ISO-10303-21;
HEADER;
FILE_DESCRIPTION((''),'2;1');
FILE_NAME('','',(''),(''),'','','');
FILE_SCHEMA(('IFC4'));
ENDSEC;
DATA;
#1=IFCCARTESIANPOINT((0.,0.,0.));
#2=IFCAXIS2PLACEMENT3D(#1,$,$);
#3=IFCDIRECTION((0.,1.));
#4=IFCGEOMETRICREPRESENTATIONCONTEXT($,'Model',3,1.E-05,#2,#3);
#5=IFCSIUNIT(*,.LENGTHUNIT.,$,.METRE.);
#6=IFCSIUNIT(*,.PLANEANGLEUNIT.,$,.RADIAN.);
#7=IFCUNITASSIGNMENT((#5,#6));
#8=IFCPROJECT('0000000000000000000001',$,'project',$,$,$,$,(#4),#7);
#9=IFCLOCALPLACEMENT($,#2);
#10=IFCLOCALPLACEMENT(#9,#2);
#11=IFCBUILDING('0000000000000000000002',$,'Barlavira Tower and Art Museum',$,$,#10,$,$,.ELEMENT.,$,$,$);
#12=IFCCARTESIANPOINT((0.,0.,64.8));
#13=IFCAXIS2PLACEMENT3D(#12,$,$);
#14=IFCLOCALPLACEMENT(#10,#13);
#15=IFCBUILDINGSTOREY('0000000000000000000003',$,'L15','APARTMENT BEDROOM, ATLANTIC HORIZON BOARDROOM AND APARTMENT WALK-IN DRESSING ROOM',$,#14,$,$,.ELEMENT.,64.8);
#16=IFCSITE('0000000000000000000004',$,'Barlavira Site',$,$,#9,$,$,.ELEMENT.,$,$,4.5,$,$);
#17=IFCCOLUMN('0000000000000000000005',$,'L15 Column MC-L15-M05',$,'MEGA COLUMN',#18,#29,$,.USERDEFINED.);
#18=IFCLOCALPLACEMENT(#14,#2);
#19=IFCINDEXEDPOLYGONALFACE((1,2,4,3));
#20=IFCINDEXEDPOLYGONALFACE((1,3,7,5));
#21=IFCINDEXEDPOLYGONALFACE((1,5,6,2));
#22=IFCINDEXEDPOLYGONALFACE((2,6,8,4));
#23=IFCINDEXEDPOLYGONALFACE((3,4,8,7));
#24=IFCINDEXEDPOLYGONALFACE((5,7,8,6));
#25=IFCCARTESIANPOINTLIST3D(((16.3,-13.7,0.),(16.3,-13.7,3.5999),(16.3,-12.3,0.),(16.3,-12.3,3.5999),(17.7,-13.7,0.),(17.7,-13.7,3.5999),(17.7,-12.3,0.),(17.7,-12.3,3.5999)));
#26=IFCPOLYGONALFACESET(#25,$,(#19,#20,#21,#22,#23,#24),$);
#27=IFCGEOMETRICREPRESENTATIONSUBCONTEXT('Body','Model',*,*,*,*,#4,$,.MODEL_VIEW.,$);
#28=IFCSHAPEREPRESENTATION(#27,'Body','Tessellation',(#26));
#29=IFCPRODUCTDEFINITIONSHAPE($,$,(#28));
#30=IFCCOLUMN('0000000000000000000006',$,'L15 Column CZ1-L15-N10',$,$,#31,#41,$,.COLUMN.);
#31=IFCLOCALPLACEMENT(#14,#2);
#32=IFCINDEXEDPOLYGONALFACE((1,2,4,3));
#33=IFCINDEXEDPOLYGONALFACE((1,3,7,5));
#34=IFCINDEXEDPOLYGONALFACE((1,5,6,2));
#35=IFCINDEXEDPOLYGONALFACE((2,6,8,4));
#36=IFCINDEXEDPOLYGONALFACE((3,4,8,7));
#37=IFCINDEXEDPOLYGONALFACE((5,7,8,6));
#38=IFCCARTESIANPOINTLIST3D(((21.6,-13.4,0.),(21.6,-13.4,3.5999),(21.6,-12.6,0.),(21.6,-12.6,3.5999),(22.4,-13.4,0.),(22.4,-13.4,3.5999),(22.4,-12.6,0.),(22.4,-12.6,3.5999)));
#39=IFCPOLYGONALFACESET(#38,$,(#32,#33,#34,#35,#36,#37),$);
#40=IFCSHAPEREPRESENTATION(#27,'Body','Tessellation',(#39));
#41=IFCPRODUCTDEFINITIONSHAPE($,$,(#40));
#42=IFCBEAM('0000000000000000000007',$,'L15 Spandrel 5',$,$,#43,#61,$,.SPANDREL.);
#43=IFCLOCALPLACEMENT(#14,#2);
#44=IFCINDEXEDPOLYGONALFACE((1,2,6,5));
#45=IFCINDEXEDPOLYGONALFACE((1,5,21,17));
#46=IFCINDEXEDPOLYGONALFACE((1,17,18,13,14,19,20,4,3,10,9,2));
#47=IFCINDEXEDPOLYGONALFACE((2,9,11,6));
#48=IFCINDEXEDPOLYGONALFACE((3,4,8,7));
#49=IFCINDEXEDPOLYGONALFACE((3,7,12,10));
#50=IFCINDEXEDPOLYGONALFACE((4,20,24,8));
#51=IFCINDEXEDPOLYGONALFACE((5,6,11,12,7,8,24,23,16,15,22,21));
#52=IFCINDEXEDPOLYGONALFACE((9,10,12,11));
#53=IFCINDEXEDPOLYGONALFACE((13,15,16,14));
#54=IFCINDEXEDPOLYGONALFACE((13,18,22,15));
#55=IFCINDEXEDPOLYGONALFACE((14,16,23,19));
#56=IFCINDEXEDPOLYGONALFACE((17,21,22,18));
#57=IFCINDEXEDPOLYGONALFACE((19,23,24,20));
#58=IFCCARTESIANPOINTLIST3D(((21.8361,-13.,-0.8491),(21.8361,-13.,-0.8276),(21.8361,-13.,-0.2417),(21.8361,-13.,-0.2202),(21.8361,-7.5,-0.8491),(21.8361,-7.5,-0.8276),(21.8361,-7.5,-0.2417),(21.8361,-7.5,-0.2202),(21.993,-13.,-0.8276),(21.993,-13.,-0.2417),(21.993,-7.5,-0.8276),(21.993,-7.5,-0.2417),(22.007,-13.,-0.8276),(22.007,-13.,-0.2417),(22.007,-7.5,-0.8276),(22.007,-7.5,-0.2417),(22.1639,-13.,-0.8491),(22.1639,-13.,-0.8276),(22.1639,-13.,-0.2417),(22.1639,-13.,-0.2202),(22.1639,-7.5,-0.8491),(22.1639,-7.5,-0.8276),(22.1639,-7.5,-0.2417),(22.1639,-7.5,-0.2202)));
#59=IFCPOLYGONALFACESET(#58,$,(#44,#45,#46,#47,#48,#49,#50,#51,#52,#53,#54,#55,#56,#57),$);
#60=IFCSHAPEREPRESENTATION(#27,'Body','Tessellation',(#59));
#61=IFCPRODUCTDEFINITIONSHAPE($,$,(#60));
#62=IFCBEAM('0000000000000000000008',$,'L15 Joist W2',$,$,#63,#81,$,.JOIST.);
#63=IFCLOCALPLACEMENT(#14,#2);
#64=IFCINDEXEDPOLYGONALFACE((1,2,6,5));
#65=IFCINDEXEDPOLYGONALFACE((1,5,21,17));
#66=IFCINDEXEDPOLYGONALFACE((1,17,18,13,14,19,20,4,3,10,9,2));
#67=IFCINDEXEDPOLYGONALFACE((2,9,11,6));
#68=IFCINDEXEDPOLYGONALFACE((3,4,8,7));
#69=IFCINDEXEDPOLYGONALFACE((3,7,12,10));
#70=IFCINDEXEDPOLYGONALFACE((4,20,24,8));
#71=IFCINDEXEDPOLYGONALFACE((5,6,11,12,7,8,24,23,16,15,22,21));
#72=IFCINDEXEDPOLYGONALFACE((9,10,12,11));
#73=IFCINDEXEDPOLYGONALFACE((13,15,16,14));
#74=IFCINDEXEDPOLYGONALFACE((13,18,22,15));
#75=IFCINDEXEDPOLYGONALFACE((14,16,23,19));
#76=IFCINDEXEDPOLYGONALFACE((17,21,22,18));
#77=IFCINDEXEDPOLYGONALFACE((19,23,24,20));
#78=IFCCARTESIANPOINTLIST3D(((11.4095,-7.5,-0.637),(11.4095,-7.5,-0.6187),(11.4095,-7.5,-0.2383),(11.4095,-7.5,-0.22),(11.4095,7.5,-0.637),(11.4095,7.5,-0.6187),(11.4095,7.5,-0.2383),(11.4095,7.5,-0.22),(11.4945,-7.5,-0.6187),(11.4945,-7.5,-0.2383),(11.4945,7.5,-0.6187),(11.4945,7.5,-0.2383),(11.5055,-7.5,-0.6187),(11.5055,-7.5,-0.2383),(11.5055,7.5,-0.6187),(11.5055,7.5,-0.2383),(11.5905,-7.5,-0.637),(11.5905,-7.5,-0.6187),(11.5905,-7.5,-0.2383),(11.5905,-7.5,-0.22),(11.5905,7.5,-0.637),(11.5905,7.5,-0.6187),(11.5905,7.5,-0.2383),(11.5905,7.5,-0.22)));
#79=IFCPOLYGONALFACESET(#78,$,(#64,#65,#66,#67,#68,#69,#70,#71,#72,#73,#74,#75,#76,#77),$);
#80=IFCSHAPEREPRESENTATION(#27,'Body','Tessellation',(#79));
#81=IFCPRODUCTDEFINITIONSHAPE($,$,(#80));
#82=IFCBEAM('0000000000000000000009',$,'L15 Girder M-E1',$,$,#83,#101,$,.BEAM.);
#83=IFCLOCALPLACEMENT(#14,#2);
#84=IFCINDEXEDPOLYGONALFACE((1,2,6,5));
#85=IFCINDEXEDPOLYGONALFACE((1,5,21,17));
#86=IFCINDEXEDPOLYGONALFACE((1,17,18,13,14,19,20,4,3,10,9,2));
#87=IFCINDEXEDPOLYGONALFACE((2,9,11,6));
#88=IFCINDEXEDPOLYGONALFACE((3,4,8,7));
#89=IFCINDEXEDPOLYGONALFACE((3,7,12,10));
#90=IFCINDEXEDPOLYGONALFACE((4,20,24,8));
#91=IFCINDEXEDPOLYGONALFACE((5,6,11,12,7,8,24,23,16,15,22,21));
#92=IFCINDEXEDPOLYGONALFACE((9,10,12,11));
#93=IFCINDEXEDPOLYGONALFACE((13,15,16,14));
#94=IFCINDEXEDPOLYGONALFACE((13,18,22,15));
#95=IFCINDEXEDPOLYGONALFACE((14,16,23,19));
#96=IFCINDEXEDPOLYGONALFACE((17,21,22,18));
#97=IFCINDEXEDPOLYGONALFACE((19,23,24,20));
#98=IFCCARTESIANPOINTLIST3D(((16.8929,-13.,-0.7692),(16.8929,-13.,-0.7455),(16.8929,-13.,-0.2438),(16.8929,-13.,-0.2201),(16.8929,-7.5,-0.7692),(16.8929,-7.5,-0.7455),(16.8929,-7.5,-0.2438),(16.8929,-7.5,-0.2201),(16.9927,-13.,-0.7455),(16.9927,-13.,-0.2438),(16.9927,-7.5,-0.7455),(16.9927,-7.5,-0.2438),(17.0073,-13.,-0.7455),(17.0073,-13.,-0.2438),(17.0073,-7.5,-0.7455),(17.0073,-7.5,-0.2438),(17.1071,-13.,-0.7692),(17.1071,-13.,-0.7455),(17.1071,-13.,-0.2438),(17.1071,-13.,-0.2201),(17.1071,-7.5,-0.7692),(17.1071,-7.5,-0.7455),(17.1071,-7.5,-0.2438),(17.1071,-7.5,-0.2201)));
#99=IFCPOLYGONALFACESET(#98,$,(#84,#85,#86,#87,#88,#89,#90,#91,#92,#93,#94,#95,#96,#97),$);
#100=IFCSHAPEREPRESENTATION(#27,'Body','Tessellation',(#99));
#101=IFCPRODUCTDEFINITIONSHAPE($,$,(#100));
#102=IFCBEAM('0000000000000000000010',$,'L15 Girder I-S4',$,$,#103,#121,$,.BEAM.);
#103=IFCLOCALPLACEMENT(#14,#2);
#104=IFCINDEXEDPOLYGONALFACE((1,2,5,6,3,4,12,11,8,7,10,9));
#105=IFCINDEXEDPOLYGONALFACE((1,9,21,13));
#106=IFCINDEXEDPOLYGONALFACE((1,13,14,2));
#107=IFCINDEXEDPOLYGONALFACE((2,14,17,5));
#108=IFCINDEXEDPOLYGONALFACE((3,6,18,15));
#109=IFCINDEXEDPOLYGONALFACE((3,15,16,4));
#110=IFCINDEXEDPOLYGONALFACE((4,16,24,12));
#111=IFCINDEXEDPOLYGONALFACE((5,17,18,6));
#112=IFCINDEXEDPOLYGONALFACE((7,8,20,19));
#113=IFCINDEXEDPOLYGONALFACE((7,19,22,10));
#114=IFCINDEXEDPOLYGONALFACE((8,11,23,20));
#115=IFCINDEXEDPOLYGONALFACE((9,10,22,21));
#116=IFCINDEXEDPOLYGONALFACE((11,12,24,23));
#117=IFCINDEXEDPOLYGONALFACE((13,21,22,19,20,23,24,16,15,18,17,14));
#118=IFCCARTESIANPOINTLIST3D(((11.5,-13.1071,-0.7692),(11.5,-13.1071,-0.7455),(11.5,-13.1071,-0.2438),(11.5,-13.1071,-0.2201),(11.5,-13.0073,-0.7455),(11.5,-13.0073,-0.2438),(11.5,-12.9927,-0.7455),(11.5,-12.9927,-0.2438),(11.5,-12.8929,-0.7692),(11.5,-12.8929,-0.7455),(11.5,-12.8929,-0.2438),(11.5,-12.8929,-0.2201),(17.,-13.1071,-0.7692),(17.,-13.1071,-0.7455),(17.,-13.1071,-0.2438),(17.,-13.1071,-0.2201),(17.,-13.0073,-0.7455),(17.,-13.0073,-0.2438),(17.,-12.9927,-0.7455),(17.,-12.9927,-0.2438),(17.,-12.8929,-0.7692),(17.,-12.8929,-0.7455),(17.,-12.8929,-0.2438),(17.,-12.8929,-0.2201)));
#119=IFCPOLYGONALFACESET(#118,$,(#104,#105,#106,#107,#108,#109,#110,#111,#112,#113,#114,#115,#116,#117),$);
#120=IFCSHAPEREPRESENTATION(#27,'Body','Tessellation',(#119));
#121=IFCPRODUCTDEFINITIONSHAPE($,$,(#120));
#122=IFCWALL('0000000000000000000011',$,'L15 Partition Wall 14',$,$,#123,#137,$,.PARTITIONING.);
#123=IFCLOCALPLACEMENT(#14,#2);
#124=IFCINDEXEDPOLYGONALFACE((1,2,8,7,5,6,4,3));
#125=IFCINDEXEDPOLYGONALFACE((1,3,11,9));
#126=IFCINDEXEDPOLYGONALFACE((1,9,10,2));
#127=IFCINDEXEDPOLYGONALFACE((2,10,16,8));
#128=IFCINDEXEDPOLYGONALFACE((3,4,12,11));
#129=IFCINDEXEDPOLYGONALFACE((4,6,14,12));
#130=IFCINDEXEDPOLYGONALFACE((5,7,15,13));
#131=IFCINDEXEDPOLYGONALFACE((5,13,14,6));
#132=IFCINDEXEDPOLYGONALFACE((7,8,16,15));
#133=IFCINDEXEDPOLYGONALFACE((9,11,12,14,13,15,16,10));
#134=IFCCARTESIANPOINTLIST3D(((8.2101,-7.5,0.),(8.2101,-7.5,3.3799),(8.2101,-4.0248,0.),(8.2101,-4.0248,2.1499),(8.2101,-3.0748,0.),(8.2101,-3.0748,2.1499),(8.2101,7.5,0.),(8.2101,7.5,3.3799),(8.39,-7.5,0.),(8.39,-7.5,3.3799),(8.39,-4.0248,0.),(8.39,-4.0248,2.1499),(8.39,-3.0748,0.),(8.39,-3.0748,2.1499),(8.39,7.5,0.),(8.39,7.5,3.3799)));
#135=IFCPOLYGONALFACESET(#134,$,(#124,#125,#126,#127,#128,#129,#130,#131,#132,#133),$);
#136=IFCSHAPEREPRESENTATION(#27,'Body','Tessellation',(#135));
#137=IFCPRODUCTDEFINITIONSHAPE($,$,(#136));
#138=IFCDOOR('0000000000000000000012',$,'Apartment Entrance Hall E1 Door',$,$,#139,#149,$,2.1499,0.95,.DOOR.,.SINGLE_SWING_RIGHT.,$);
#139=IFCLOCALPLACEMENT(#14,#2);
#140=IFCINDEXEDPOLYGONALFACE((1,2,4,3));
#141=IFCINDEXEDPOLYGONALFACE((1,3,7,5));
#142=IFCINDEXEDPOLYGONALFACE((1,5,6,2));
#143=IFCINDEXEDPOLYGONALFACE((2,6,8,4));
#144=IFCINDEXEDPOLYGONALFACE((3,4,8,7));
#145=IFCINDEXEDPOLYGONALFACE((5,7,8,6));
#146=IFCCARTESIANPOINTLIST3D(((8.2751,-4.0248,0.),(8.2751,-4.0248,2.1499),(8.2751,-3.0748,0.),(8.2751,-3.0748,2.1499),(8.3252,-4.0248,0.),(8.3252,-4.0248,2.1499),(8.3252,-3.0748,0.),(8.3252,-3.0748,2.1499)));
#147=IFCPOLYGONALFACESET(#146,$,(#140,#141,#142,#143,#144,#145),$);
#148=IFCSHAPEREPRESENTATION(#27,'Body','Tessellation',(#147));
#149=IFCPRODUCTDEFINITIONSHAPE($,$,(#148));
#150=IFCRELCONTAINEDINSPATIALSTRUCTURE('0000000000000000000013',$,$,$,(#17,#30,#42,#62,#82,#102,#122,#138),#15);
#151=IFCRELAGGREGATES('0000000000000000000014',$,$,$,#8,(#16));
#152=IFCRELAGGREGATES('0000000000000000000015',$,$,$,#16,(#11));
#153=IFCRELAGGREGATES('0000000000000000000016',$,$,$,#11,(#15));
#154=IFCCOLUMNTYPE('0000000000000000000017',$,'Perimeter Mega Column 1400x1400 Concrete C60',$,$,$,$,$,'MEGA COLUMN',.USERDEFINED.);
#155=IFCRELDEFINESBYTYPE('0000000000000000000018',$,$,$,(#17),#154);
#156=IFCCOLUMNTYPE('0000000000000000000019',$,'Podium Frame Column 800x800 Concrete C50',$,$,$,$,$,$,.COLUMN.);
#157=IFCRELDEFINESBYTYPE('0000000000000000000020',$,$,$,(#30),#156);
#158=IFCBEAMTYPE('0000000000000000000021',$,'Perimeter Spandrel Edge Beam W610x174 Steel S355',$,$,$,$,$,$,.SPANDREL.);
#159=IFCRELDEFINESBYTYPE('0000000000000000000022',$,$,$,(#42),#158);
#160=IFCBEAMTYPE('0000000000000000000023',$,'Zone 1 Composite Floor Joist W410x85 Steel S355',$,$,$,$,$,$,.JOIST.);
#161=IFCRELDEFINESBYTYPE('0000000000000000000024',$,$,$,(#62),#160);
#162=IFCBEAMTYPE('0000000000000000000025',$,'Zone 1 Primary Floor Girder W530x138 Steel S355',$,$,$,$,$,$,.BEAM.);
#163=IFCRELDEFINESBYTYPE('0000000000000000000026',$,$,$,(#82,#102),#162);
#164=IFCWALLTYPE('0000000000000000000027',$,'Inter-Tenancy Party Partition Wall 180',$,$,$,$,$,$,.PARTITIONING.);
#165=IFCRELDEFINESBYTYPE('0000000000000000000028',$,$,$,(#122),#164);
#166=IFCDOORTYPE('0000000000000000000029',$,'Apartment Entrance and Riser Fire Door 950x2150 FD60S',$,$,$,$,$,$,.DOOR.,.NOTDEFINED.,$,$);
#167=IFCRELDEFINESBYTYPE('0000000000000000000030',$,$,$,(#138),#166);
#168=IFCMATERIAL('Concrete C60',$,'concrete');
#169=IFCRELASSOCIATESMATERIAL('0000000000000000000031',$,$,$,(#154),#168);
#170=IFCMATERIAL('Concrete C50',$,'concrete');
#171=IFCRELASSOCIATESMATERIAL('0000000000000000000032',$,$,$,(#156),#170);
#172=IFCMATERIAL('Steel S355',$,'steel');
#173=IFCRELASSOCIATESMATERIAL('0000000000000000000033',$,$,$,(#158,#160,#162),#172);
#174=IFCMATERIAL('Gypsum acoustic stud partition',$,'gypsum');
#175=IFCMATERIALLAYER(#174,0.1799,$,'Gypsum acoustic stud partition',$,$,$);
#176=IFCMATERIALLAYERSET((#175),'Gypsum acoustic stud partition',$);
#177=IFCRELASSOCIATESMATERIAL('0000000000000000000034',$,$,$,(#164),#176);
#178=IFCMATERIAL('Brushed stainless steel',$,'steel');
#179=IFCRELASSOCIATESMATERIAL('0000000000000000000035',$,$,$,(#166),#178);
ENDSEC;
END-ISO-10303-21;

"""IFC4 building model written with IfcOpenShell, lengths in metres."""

from ifc_helpers import new_model, si_unit, direction, frame, frame_2d, origin, origin_2d, place, context, subcontext, project, spatial, rectangle, i_section, extrude, material, layer, layer_set, material_profile, profile_set, type_object, element, fill, save


model = new_model("IFC4")

# Units and contexts
model_context = context("Model", 3, precision=1e-05, world=origin(), true_north=direction((0.0, 1.0)))
body_context = subcontext(model_context, "Body", "Model", "MODEL_VIEW")
ifc_project = project(units=[si_unit("LENGTHUNIT", "METRE"), si_unit("PLANEANGLEUNIT", "RADIAN")], contexts=[model_context])

# Site, building, storey
site_placement = place(None, origin())
site = spatial("IfcSite", under=ifc_project, at=site_placement, Name="Barlavira Site", CompositionType="ELEMENT", RefElevation=4.5)
building_placement = place(site_placement, origin())
building = spatial("IfcBuilding", under=site, at=building_placement, Name="Barlavira Tower and Art Museum", CompositionType="ELEMENT")
storey_placement = place(building_placement, frame((0.0, 0.0, 64.8)))
storey = spatial("IfcBuildingStorey", under=building, at=storey_placement, Name="L15", Description="APARTMENT BEDROOM, ATLANTIC HORIZON BOARDROOM AND APARTMENT WALK-IN DRESSING ROOM", CompositionType="ELEMENT", Elevation=64.8)

# Columns
ifc_material_1 = material(Name="Concrete C60", Category="concrete")
ifc_material_profile_1 = material_profile(ifc_material_1, rectangle(XDim=1.3999, YDim=1.3999, at=origin_2d()), Name="RC-MCOL 1400x1400")
ifc_profile_set_1 = profile_set([ifc_material_profile_1], Name="Concrete C60")
column_type_1 = type_object("IfcColumnType", Name="Perimeter Mega Column 1400x1400 Concrete C60", ElementType="MEGA COLUMN", PredefinedType="USERDEFINED", material=ifc_profile_set_1)
column_1_placement = place(storey_placement, frame((17.0, -13.0, 0.0), z_axis=(0.0, 0.0, 1.0), x_axis=(1.0, 0.0, 0.0)))
element("IfcColumn", 1, at=column_1_placement, inside=storey, type_object=column_type_1, Name="L15 Column MC-L15-M05", ObjectType="MEGA COLUMN", PredefinedType="USERDEFINED", context=body_context, shape_type="SweptSolid", body=[
    extrude(rectangle(XDim=1.3999, YDim=1.3999, at=origin_2d()), origin(), (0.0, 0.0, 1.0), 3.5999),
])
ifc_material_2 = material(Name="Concrete C50", Category="concrete")
ifc_material_profile_2 = material_profile(ifc_material_2, rectangle(XDim=0.8, YDim=0.8, at=origin_2d()), Name="RC-COL 800x800")
ifc_profile_set_2 = profile_set([ifc_material_profile_2], Name="Concrete C50")
column_type_2 = type_object("IfcColumnType", Name="Podium Frame Column 800x800 Concrete C50", PredefinedType="COLUMN", material=ifc_profile_set_2)
column_2_placement = place(storey_placement, frame((22.0, -13.0, 0.0), z_axis=(0.0, 0.0, 1.0), x_axis=(1.0, 0.0, 0.0)))
element("IfcColumn", 2, at=column_2_placement, inside=storey, type_object=column_type_2, Name="L15 Column CZ1-L15-N10", PredefinedType="COLUMN", context=body_context, shape_type="SweptSolid", body=[
    extrude(rectangle(XDim=0.8, YDim=0.8, at=origin_2d()), origin(), (0.0, 0.0, 1.0), 3.5999),
])

# Beams
ifc_material_3 = material(Name="Steel S355", Category="steel")
ifc_material_profile_3 = material_profile(ifc_material_3, i_section(OverallWidth=0.3279, OverallDepth=0.6289, WebThickness=0.0139, FlangeThickness=0.0215, at=origin_2d()), Name="W610x174.0")
ifc_profile_set_3 = profile_set([ifc_material_profile_3], Name="Steel S355")
beam_type_1 = type_object("IfcBeamType", Name="Perimeter Spandrel Edge Beam W610x174 Steel S355", PredefinedType="SPANDREL", material=ifc_profile_set_3)
beam_1_placement = place(storey_placement, frame((22.0, -13.0, -0.5347), z_axis=(0.0, 1.0, 0.0), x_axis=(-1.0, 0.0, 0.0)))
element("IfcBeam", 3, at=beam_1_placement, inside=storey, type_object=beam_type_1, Name="L15 Spandrel 5", PredefinedType="SPANDREL", context=body_context, shape_type="SweptSolid", body=[
    extrude(i_section(OverallWidth=0.3279, OverallDepth=0.6289, WebThickness=0.0139, FlangeThickness=0.0215, at=origin_2d()), origin(), (0.0, 0.0, 1.0), 5.5),
])
ifc_material_profile_4 = material_profile(ifc_material_3, i_section(OverallWidth=0.1809, OverallDepth=0.417, WebThickness=0.011, FlangeThickness=0.0183, at=origin_2d()), Name="W410x85.0")
ifc_profile_set_4 = profile_set([ifc_material_profile_4], Name="Steel S355")
beam_type_2 = type_object("IfcBeamType", Name="Zone 1 Composite Floor Joist W410x85 Steel S355", PredefinedType="JOIST", material=ifc_profile_set_4)
beam_2_placement = place(storey_placement, frame((11.5, -7.5, -0.4285), z_axis=(0.0, 1.0, 0.0), x_axis=(-1.0, 0.0, 0.0)))
element("IfcBeam", 4, at=beam_2_placement, inside=storey, type_object=beam_type_2, Name="L15 Joist W2", PredefinedType="JOIST", context=body_context, shape_type="SweptSolid", body=[
    extrude(i_section(OverallWidth=0.1809, OverallDepth=0.417, WebThickness=0.011, FlangeThickness=0.0183, at=origin_2d()), origin(), (0.0, 0.0, 1.0), 15.0),
])
ifc_material_profile_5 = material_profile(ifc_material_3, i_section(OverallWidth=0.2141, OverallDepth=0.5491, WebThickness=0.0146, FlangeThickness=0.0237, at=origin_2d()), Name="W530x138.0")
ifc_profile_set_5 = profile_set([ifc_material_profile_5], Name="Steel S355")
beam_type_3 = type_object("IfcBeamType", Name="Zone 1 Primary Floor Girder W530x138 Steel S355", PredefinedType="BEAM", material=ifc_profile_set_5)
for number, where, z_axis, x_axis, name in (
    (5, (17.0, -13.0, -0.4946), (0.0, 1.0, 0.0), (-1.0, 0.0, 0.0), "L15 Girder M-E1"),
    (6, (11.5, -13.0, -0.4946), (1.0, 0.0, 0.0), (0.0, 1.0, 0.0), "L15 Girder I-S4"),
):
    element("IfcBeam", number, at=place(storey_placement, frame(where, z_axis=z_axis, x_axis=x_axis)), inside=storey, type_object=beam_type_3, Name=name, PredefinedType="BEAM", context=body_context, shape_type="SweptSolid", body=[
        extrude(i_section(OverallWidth=0.2141, OverallDepth=0.5491, WebThickness=0.0146, FlangeThickness=0.0237, at=origin_2d()), origin(), (0.0, 0.0, 1.0), 5.5),
    ])

# Wall, opening, door
ifc_material_4 = material(Name="Gypsum acoustic stud partition", Category="gypsum")
ifc_layer_1 = layer(ifc_material_4, 0.1799, Name="Gypsum acoustic stud partition")
ifc_layer_set_1 = layer_set([ifc_layer_1], Name="Gypsum acoustic stud partition")
wall_type_1 = type_object("IfcWallType", Name="Inter-Tenancy Party Partition Wall 180", PredefinedType="PARTITIONING", material=ifc_layer_set_1)
wall_1_placement = place(storey_placement, frame((8.3, -7.5, 0.0), z_axis=(0.0, 0.0, 1.0), x_axis=(0.0, 1.0, 0.0)))
wall_1 = element("IfcWall", 7, at=wall_1_placement, inside=storey, type_object=wall_type_1, Name="L15 Partition Wall 14", PredefinedType="PARTITIONING", context=body_context, shape_type="SweptSolid", body=[
    extrude(rectangle(XDim=15.0, YDim=0.1799, at=frame_2d((7.5, 0.0))), origin(), (0.0, 0.0, 1.0), 3.3799),
])
opening_1_placement = place(wall_1_placement, frame((3.4751, 0.0, 0.0)))
opening_1 = element("IfcOpeningElement", 8, at=opening_1_placement, cuts=wall_1, PredefinedType="OPENING", context=body_context, shape_type="SweptSolid", body=[
    extrude(rectangle(XDim=0.95, YDim=2.1499, at=frame_2d((0.4751, 1.075))), frame((0.0, 0.1001, 0.0), z_axis=(0.0, -1.0, 0.0), x_axis=(1.0, 0.0, 0.0)), (0.0, 0.0, 1.0), 0.2),
])
ifc_material_5 = material(Name="Brushed stainless steel", Category="steel")
door_type_1 = type_object("IfcDoorType", Name="Apartment Entrance and Riser Fire Door 950x2150 FD60S", OperationType="NOTDEFINED", PredefinedType="DOOR", material=ifc_material_5)
door_1_placement = place(opening_1_placement, origin())
door_1 = element("IfcDoor", 9, at=door_1_placement, inside=storey, type_object=door_type_1, Name="Apartment Entrance Hall E1 Door", OperationType="SINGLE_SWING_RIGHT", OverallHeight=2.1499, OverallWidth=0.95, PredefinedType="DOOR", context=body_context, shape_type="SweptSolid", body=[
    extrude(rectangle(XDim=0.95, YDim=2.1499, at=frame_2d((0.4751, 1.075))), frame((0.0, 0.0249, 0.0), z_axis=(0.0, -1.0, 0.0), x_axis=(1.0, 0.0, 0.0)), (0.0, 0.0, 1.0), 0.05),
])
fill(opening_1, door_1)

save(model, "model.ifc")
